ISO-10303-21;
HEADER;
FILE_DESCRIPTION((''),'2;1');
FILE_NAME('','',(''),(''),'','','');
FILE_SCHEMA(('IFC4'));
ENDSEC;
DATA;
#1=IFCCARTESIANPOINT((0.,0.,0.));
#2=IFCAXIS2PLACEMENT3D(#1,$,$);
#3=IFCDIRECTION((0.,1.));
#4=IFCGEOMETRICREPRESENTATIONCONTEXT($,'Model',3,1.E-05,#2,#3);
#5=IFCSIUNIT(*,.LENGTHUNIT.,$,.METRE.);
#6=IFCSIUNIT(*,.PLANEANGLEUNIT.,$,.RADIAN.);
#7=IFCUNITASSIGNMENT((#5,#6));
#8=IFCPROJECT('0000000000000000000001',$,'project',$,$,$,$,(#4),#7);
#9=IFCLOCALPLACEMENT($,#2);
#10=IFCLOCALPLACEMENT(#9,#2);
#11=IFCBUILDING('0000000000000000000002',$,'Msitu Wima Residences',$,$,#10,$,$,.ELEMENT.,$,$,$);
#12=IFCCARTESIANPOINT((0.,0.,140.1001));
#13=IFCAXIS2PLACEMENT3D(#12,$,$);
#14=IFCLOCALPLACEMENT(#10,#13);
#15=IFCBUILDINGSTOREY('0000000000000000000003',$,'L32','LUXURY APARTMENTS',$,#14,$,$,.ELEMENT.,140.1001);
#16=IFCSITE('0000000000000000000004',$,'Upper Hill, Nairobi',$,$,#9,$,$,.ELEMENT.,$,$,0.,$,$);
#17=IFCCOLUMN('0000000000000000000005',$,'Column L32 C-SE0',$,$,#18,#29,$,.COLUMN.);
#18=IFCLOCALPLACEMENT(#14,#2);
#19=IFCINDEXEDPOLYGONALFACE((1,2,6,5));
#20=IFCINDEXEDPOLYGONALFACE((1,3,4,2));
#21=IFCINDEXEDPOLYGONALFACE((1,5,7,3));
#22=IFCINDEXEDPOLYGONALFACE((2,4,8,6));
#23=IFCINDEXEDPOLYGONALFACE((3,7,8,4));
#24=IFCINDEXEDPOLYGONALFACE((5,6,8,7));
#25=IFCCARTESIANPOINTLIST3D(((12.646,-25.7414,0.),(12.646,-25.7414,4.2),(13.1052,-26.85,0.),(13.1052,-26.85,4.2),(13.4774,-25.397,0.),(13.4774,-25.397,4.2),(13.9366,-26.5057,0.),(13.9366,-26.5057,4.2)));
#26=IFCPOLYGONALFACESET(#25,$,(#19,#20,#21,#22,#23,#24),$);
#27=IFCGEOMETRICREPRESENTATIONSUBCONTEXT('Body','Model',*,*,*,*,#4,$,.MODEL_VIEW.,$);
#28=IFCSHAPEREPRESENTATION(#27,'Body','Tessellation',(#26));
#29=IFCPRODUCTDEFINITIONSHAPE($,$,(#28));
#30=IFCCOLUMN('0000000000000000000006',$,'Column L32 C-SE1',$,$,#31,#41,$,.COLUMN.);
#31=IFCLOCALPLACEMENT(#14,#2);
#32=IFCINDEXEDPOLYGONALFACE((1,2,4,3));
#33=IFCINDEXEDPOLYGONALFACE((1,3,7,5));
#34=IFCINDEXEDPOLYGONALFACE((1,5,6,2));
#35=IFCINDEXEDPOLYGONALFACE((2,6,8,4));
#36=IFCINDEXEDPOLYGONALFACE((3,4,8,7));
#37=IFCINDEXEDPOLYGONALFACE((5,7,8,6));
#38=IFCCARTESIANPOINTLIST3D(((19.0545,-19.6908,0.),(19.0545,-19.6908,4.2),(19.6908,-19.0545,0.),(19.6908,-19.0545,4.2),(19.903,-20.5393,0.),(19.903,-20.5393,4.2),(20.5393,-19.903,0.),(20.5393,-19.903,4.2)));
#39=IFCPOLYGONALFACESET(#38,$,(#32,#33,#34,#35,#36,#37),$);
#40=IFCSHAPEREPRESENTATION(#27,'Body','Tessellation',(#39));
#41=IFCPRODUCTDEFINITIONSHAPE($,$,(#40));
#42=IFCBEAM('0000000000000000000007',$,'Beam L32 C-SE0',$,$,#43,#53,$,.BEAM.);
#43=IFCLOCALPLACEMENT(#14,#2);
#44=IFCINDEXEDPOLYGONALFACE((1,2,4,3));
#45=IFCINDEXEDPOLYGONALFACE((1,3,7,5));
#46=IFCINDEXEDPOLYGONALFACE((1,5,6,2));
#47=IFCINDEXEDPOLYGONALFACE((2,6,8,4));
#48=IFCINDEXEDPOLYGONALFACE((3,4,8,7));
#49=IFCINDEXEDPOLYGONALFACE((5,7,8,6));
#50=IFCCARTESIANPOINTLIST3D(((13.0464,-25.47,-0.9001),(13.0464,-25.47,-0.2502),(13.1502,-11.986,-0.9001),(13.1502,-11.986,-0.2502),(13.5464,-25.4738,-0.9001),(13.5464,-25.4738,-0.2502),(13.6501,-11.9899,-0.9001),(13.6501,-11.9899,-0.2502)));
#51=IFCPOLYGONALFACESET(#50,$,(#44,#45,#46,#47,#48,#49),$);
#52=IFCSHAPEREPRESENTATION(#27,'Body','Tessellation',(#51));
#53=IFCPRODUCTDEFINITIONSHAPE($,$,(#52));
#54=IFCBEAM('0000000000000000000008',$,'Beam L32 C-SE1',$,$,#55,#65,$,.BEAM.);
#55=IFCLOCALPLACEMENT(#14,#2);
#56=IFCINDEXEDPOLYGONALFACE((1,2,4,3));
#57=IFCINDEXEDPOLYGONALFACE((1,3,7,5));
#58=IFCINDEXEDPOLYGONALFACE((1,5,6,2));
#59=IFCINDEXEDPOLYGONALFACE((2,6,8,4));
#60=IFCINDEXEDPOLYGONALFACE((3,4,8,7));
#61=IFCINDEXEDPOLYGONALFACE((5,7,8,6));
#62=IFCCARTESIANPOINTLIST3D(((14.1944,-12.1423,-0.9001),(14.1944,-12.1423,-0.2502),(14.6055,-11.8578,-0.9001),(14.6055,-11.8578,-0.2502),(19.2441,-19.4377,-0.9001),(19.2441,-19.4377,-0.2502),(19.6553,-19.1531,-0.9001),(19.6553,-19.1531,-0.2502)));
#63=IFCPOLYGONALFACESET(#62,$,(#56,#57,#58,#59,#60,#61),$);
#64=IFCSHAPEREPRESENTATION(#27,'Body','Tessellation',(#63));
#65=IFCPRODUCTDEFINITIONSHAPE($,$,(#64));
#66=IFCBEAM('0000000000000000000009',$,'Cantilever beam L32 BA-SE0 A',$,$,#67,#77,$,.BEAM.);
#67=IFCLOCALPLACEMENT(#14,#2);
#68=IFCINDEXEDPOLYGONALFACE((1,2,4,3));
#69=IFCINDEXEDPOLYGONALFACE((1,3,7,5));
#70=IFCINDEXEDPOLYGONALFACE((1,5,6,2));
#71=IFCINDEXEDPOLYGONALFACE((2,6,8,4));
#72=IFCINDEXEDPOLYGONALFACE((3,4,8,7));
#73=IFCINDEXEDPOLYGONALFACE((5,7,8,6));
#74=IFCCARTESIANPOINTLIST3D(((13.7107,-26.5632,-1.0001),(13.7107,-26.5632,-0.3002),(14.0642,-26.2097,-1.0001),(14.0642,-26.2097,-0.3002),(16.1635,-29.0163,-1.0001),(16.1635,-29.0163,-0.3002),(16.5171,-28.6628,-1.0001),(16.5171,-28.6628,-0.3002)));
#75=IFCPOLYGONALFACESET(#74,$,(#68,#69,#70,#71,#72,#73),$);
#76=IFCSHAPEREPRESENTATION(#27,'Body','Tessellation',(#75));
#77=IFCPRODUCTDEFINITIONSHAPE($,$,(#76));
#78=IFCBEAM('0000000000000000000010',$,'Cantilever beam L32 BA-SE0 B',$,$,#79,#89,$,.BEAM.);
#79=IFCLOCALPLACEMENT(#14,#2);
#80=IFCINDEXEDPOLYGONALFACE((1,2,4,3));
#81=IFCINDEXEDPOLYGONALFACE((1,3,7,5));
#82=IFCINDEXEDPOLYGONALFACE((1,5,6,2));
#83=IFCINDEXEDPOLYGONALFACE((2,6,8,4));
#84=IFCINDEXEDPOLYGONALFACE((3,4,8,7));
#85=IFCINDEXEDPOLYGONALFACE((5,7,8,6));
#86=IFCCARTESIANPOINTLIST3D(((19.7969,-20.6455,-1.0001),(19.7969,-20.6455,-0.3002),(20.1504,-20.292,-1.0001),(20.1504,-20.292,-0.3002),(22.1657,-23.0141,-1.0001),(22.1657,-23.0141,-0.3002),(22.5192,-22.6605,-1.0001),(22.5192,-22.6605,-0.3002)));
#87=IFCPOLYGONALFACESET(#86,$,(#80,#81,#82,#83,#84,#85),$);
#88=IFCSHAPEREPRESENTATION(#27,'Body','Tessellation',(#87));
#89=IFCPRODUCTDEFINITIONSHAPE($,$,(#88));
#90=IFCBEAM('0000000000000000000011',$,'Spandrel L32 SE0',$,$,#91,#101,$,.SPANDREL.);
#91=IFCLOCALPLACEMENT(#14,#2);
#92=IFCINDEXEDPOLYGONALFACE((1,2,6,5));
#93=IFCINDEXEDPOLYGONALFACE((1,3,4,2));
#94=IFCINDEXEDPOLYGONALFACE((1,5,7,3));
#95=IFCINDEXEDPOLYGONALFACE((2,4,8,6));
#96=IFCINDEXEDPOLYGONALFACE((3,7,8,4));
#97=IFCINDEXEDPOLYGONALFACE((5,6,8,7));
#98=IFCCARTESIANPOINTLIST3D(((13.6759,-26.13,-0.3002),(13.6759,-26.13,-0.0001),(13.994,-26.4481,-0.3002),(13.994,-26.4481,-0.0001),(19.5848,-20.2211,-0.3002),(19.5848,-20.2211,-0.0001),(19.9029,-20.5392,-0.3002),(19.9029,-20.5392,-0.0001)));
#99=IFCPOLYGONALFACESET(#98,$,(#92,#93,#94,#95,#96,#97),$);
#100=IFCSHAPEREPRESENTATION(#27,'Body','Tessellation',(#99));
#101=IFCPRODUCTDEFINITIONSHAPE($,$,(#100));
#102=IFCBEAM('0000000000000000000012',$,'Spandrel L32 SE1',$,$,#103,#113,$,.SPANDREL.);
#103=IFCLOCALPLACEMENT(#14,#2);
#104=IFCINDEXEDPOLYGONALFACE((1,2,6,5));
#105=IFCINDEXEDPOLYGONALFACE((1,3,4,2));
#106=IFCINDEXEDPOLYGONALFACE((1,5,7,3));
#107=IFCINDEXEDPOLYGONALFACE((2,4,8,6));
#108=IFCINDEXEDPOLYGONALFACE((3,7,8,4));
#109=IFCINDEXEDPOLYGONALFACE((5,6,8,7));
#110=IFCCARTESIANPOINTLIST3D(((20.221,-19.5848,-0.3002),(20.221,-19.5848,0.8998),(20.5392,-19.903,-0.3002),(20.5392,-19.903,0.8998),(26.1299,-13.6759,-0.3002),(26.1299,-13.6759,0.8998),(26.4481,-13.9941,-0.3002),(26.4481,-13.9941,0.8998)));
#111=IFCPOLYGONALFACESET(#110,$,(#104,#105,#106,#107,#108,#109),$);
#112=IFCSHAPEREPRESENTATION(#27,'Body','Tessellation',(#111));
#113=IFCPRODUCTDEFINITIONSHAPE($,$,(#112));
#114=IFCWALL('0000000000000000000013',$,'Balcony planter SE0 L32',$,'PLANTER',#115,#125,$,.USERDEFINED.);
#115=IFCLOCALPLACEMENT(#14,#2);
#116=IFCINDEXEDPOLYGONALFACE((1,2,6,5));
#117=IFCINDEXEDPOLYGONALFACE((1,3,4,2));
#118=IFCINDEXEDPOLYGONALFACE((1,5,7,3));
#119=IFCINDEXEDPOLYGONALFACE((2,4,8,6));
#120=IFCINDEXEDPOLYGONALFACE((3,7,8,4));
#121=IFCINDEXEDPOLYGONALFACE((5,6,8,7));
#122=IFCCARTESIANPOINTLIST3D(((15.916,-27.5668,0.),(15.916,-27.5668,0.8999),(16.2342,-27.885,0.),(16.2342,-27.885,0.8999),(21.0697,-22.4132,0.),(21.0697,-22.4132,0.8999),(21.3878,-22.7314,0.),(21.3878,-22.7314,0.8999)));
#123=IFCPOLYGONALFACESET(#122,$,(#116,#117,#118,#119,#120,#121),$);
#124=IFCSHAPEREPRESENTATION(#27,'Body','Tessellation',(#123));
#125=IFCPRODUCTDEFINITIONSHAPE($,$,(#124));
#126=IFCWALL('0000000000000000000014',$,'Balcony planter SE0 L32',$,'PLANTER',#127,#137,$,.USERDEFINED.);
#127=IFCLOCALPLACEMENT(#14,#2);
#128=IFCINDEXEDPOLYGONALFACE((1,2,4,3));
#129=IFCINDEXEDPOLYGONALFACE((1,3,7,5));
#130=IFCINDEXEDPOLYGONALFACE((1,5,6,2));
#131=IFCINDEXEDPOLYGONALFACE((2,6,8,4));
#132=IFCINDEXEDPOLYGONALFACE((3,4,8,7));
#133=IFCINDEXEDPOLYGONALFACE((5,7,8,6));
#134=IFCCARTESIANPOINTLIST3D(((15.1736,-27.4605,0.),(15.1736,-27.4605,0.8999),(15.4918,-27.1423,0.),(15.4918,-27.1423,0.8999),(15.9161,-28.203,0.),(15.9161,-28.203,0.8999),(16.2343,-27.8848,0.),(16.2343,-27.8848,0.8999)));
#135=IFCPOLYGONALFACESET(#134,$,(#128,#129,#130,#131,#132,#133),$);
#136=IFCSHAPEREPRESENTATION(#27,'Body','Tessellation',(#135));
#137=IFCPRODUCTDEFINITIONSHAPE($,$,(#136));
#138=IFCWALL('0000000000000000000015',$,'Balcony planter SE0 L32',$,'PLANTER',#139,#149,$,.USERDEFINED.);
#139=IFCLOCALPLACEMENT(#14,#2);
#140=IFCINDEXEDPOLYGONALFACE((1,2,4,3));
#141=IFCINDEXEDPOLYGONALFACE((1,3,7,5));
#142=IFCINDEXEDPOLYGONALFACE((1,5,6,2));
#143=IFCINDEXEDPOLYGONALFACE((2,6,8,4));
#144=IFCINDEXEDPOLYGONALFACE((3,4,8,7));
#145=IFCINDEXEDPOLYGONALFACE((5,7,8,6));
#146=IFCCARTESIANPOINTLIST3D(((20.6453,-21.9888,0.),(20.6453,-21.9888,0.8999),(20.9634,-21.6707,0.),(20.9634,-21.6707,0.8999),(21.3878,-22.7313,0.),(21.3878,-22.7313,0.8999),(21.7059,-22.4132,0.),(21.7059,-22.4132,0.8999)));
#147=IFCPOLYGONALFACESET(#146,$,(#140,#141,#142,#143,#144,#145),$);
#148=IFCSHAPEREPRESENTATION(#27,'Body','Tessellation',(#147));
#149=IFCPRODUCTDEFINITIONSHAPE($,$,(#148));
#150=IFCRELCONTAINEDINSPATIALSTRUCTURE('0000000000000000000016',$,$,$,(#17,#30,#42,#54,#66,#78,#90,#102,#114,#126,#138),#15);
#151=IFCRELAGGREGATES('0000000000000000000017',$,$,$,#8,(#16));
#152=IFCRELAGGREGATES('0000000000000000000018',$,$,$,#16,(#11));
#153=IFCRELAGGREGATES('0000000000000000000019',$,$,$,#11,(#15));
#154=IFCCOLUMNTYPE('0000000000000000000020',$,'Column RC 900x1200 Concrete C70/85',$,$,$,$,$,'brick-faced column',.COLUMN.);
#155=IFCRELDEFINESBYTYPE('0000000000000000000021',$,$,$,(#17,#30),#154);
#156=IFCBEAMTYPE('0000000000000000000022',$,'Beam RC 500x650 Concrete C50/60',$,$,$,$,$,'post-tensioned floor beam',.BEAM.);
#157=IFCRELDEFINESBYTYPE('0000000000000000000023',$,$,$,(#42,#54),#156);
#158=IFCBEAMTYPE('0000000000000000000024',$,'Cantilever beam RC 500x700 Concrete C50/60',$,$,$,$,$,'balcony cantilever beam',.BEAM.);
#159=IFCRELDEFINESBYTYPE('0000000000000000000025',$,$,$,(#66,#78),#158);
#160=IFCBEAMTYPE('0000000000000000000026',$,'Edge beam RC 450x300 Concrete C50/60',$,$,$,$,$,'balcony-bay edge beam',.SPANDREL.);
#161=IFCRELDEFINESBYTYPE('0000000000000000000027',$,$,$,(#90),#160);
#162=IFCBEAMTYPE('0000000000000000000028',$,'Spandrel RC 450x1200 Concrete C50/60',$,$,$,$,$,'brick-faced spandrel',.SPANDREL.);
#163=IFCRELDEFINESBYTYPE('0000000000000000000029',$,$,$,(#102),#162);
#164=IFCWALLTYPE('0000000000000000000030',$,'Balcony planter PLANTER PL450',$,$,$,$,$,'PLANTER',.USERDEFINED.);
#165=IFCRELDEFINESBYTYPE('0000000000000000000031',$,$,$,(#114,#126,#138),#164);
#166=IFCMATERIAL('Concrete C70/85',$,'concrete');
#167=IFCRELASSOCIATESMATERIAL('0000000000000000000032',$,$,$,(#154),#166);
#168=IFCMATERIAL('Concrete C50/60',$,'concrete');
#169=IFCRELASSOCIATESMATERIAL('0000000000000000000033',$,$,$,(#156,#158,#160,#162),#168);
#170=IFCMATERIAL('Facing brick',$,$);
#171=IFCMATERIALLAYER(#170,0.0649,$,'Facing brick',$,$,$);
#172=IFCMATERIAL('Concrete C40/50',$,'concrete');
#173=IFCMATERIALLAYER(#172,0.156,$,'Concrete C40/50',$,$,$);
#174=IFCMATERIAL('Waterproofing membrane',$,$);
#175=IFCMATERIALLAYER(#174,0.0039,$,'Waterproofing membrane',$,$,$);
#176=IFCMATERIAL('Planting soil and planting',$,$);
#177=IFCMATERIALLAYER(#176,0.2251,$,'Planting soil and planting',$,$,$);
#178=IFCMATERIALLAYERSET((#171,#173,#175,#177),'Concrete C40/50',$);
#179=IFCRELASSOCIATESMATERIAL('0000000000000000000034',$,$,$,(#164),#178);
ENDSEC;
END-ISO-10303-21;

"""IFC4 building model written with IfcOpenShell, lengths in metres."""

from ifc_helpers import new_model, si_unit, direction, frame, frame_2d, origin, origin_2d, place, context, subcontext, project, spatial, rectangle, extrude, material, layer, layer_set, material_profile, profile_set, type_object, element, save


model = new_model("IFC4")

# Units and contexts
model_context = context("Model", 3, precision=1e-05, world=origin(), true_north=direction((0.0, 1.0)))
body_context = subcontext(model_context, "Body", "Model", "MODEL_VIEW")
ifc_project = project(units=[si_unit("LENGTHUNIT", "METRE"), si_unit("PLANEANGLEUNIT", "RADIAN")], contexts=[model_context])

# Site, building, storey
site_placement = place(None, origin())
site = spatial("IfcSite", under=ifc_project, at=site_placement, Name="Upper Hill, Nairobi", CompositionType="ELEMENT", RefElevation=0.0)
building_placement = place(site_placement, origin())
building = spatial("IfcBuilding", under=site, at=building_placement, Name="Msitu Wima Residences", CompositionType="ELEMENT")
storey_placement = place(building_placement, frame((0.0, 0.0, 140.1001)))
storey = spatial("IfcBuildingStorey", under=building, at=storey_placement, Name="L32", Description="LUXURY APARTMENTS", CompositionType="ELEMENT", Elevation=140.1001)

# Columns
ifc_material_1 = material(Name="Concrete C70/85", Category="concrete")
ifc_material_profile_1 = material_profile(ifc_material_1, rectangle(XDim=0.8999, YDim=1.2, at=origin_2d()), Name="RC 900x1200")
ifc_profile_set_1 = profile_set([ifc_material_profile_1], Name="Concrete C70/85")
column_type = type_object("IfcColumnType", Name="Column RC 900x1200 Concrete C70/85", ElementType="brick-faced column", PredefinedType="COLUMN", material=ifc_profile_set_1)
for number, where, z_axis, x_axis, name in (
    (1, (13.2913, -26.1235, 0.0), (0.0, 0.0, 1.0), (0.92388, 0.382683, 0.0), "Column L32 C-SE0"),
    (2, (19.7969, -19.7969, 0.0), (0.0, 0.0, 1.0), (0.707107, 0.707107, 0.0), "Column L32 C-SE1"),
):
    element("IfcColumn", number, at=place(storey_placement, frame(where, z_axis=z_axis, x_axis=x_axis)), inside=storey, type_object=column_type, Name=name, PredefinedType="COLUMN", context=body_context, shape_type="SweptSolid", body=[
        extrude(rectangle(XDim=0.8999, YDim=1.2, at=origin_2d()), origin(), (0.0, 0.0, 1.0), 4.2),
    ])

# Beams
ifc_material_2 = material(Name="Concrete C50/60", Category="concrete")
ifc_material_profile_2 = material_profile(ifc_material_2, rectangle(XDim=0.5, YDim=0.6499, at=origin_2d()), Name="RC 500x650")
ifc_profile_set_2 = profile_set([ifc_material_profile_2], Name="Concrete C50/60")
beam_type_1 = type_object("IfcBeamType", Name="Beam RC 500x650 Concrete C50/60", ElementType="post-tensioned floor beam", PredefinedType="BEAM", material=ifc_profile_set_2)
beam_1_placement = place(storey_placement, frame((13.2964, -25.4719, -0.5752), z_axis=(0.007695, 0.99997, 0.0), x_axis=(-0.99997, 0.007695, 0.0)))
element("IfcBeam", 3, at=beam_1_placement, inside=storey, type_object=beam_type_1, Name="Beam L32 C-SE0", PredefinedType="BEAM", context=body_context, shape_type="SweptSolid", body=[
    extrude(rectangle(XDim=0.5, YDim=0.6499, at=origin_2d()), origin(), (0.0, 0.0, 1.0), 13.4844),
])
beam_2_placement = place(storey_placement, frame((19.4497, -19.2954, -0.5752), z_axis=(-0.569144, 0.822238, 0.0), x_axis=(-0.822238, -0.569144, 0.0)))
element("IfcBeam", 4, at=beam_2_placement, inside=storey, type_object=beam_type_1, Name="Beam L32 C-SE1", PredefinedType="BEAM", context=body_context, shape_type="SweptSolid", body=[
    extrude(rectangle(XDim=0.5, YDim=0.6499, at=origin_2d()), origin(), (0.0, 0.0, 1.0), 8.8726),
])
ifc_material_profile_3 = material_profile(ifc_material_2, rectangle(XDim=0.5, YDim=0.7, at=origin_2d()), Name="RC 500x700")
ifc_profile_set_3 = profile_set([ifc_material_profile_3], Name="Concrete C50/60")
beam_type_2 = type_object("IfcBeamType", Name="Cantilever beam RC 500x700 Concrete C50/60", ElementType="balcony cantilever beam", PredefinedType="BEAM", material=ifc_profile_set_3)
beam_3_placement = place(storey_placement, frame((13.8875, -26.3865, -0.6501), z_axis=(0.707072, -0.707142, 0.0), x_axis=(0.707142, 0.707072, 0.0)))
element("IfcBeam", 5, at=beam_3_placement, inside=storey, type_object=beam_type_2, Name="Cantilever beam L32 BA-SE0 A", PredefinedType="BEAM", context=body_context, shape_type="SweptSolid", body=[
    extrude(rectangle(XDim=0.5, YDim=0.7, at=origin_2d()), origin(), (0.0, 0.0, 1.0), 3.469),
])
beam_4_placement = place(storey_placement, frame((19.9736, -20.4688, -0.6501), z_axis=(0.707143, -0.70707, 0.0), x_axis=(0.70707, 0.707143, 0.0)))
element("IfcBeam", 6, at=beam_4_placement, inside=storey, type_object=beam_type_2, Name="Cantilever beam L32 BA-SE0 B", PredefinedType="BEAM", context=body_context, shape_type="SweptSolid", body=[
    extrude(rectangle(XDim=0.5, YDim=0.7, at=origin_2d()), origin(), (0.0, 0.0, 1.0), 3.3499),
])
ifc_material_profile_4 = material_profile(ifc_material_2, rectangle(XDim=0.45, YDim=0.3, at=origin_2d()), Name="RC 450x300")
ifc_profile_set_4 = profile_set([ifc_material_profile_4], Name="Concrete C50/60")
beam_type_3 = type_object("IfcBeamType", Name="Edge beam RC 450x300 Concrete C50/60", ElementType="balcony-bay edge beam", PredefinedType="SPANDREL", material=ifc_profile_set_4)
beam_5_placement = place(storey_placement, frame((13.835, -26.2891, -0.1501), z_axis=(0.707107, 0.707107, 0.0), x_axis=(-0.707107, 0.707107, 0.0)))
element("IfcBeam", 7, at=beam_5_placement, inside=storey, type_object=beam_type_3, Name="Spandrel L32 SE0", PredefinedType="SPANDREL", context=body_context, shape_type="SweptSolid", body=[
    extrude(rectangle(XDim=0.45, YDim=0.3, at=origin_2d()), origin(), (0.0, 0.0, 1.0), 8.3564),
])
ifc_material_profile_5 = material_profile(ifc_material_2, rectangle(XDim=0.45, YDim=1.2, at=origin_2d()), Name="RC 450x1200")
ifc_profile_set_5 = profile_set([ifc_material_profile_5], Name="Concrete C50/60")
beam_type_4 = type_object("IfcBeamType", Name="Spandrel RC 450x1200 Concrete C50/60", ElementType="brick-faced spandrel", PredefinedType="SPANDREL", material=ifc_profile_set_5)
beam_6_placement = place(storey_placement, frame((20.3801, -19.7439, 0.2998), z_axis=(0.707107, 0.707107, 0.0), x_axis=(-0.707107, 0.707107, 0.0)))
element("IfcBeam", 8, at=beam_6_placement, inside=storey, type_object=beam_type_4, Name="Spandrel L32 SE1", PredefinedType="SPANDREL", context=body_context, shape_type="SweptSolid", body=[
    extrude(rectangle(XDim=0.45, YDim=1.2, at=origin_2d()), origin(), (0.0, 0.0, 1.0), 8.3564),
])

# Walls
ifc_material_3 = material(Name="Facing brick")
ifc_layer_1 = layer(ifc_material_3, 0.0649, Name="Facing brick")
ifc_material_4 = material(Name="Concrete C40/50", Category="concrete")
ifc_layer_2 = layer(ifc_material_4, 0.156, Name="Concrete C40/50")
ifc_material_5 = material(Name="Waterproofing membrane")
ifc_layer_3 = layer(ifc_material_5, 0.0039, Name="Waterproofing membrane")
ifc_material_6 = material(Name="Planting soil and planting")
ifc_layer_4 = layer(ifc_material_6, 0.2251, Name="Planting soil and planting")
ifc_layer_set_1 = layer_set([ifc_layer_1, ifc_layer_2, ifc_layer_3, ifc_layer_4], Name="Concrete C40/50")
wall_type_1 = type_object("IfcWallType", Name="Balcony planter PLANTER PL450", ElementType="PLANTER", PredefinedType="USERDEFINED", material=ifc_layer_set_1)
wall_1_placement = place(storey_placement, frame((16.0752, -27.7258, 0.0), z_axis=(0.0, 0.0, 1.0), x_axis=(0.707107, 0.707107, 0.0)))
element("IfcWall", 9, at=wall_1_placement, inside=storey, type_object=wall_type_1, Name="Balcony planter SE0 L32", ObjectType="PLANTER", PredefinedType="USERDEFINED", context=body_context, shape_type="SweptSolid", body=[
    extrude(rectangle(XDim=7.2883, YDim=0.45, at=frame_2d((3.644, 0.0))), origin(), (0.0, 0.0, 1.0), 0.8999),
])
for number, where, z_axis, x_axis, name in (
    (10, (15.3328, -27.3015, 0.0), (0.0, 0.0, 1.0), (0.707107, -0.707107, 0.0), "Balcony planter SE0 L32"),
    (11, (20.8044, -21.8298, 0.0), (0.0, 0.0, 1.0), (0.707107, -0.707107, 0.0), "Balcony planter SE0 L32"),
):
    element("IfcWall", number, at=place(storey_placement, frame(where, z_axis=z_axis, x_axis=x_axis)), inside=storey, type_object=wall_type_1, Name=name, ObjectType="PLANTER", PredefinedType="USERDEFINED", context=body_context, shape_type="SweptSolid", body=[
        extrude(rectangle(XDim=1.05, YDim=0.45, at=frame_2d((0.5249, 0.0))), origin(), (0.0, 0.0, 1.0), 0.8999),
    ])

save(model, "model.ifc")
